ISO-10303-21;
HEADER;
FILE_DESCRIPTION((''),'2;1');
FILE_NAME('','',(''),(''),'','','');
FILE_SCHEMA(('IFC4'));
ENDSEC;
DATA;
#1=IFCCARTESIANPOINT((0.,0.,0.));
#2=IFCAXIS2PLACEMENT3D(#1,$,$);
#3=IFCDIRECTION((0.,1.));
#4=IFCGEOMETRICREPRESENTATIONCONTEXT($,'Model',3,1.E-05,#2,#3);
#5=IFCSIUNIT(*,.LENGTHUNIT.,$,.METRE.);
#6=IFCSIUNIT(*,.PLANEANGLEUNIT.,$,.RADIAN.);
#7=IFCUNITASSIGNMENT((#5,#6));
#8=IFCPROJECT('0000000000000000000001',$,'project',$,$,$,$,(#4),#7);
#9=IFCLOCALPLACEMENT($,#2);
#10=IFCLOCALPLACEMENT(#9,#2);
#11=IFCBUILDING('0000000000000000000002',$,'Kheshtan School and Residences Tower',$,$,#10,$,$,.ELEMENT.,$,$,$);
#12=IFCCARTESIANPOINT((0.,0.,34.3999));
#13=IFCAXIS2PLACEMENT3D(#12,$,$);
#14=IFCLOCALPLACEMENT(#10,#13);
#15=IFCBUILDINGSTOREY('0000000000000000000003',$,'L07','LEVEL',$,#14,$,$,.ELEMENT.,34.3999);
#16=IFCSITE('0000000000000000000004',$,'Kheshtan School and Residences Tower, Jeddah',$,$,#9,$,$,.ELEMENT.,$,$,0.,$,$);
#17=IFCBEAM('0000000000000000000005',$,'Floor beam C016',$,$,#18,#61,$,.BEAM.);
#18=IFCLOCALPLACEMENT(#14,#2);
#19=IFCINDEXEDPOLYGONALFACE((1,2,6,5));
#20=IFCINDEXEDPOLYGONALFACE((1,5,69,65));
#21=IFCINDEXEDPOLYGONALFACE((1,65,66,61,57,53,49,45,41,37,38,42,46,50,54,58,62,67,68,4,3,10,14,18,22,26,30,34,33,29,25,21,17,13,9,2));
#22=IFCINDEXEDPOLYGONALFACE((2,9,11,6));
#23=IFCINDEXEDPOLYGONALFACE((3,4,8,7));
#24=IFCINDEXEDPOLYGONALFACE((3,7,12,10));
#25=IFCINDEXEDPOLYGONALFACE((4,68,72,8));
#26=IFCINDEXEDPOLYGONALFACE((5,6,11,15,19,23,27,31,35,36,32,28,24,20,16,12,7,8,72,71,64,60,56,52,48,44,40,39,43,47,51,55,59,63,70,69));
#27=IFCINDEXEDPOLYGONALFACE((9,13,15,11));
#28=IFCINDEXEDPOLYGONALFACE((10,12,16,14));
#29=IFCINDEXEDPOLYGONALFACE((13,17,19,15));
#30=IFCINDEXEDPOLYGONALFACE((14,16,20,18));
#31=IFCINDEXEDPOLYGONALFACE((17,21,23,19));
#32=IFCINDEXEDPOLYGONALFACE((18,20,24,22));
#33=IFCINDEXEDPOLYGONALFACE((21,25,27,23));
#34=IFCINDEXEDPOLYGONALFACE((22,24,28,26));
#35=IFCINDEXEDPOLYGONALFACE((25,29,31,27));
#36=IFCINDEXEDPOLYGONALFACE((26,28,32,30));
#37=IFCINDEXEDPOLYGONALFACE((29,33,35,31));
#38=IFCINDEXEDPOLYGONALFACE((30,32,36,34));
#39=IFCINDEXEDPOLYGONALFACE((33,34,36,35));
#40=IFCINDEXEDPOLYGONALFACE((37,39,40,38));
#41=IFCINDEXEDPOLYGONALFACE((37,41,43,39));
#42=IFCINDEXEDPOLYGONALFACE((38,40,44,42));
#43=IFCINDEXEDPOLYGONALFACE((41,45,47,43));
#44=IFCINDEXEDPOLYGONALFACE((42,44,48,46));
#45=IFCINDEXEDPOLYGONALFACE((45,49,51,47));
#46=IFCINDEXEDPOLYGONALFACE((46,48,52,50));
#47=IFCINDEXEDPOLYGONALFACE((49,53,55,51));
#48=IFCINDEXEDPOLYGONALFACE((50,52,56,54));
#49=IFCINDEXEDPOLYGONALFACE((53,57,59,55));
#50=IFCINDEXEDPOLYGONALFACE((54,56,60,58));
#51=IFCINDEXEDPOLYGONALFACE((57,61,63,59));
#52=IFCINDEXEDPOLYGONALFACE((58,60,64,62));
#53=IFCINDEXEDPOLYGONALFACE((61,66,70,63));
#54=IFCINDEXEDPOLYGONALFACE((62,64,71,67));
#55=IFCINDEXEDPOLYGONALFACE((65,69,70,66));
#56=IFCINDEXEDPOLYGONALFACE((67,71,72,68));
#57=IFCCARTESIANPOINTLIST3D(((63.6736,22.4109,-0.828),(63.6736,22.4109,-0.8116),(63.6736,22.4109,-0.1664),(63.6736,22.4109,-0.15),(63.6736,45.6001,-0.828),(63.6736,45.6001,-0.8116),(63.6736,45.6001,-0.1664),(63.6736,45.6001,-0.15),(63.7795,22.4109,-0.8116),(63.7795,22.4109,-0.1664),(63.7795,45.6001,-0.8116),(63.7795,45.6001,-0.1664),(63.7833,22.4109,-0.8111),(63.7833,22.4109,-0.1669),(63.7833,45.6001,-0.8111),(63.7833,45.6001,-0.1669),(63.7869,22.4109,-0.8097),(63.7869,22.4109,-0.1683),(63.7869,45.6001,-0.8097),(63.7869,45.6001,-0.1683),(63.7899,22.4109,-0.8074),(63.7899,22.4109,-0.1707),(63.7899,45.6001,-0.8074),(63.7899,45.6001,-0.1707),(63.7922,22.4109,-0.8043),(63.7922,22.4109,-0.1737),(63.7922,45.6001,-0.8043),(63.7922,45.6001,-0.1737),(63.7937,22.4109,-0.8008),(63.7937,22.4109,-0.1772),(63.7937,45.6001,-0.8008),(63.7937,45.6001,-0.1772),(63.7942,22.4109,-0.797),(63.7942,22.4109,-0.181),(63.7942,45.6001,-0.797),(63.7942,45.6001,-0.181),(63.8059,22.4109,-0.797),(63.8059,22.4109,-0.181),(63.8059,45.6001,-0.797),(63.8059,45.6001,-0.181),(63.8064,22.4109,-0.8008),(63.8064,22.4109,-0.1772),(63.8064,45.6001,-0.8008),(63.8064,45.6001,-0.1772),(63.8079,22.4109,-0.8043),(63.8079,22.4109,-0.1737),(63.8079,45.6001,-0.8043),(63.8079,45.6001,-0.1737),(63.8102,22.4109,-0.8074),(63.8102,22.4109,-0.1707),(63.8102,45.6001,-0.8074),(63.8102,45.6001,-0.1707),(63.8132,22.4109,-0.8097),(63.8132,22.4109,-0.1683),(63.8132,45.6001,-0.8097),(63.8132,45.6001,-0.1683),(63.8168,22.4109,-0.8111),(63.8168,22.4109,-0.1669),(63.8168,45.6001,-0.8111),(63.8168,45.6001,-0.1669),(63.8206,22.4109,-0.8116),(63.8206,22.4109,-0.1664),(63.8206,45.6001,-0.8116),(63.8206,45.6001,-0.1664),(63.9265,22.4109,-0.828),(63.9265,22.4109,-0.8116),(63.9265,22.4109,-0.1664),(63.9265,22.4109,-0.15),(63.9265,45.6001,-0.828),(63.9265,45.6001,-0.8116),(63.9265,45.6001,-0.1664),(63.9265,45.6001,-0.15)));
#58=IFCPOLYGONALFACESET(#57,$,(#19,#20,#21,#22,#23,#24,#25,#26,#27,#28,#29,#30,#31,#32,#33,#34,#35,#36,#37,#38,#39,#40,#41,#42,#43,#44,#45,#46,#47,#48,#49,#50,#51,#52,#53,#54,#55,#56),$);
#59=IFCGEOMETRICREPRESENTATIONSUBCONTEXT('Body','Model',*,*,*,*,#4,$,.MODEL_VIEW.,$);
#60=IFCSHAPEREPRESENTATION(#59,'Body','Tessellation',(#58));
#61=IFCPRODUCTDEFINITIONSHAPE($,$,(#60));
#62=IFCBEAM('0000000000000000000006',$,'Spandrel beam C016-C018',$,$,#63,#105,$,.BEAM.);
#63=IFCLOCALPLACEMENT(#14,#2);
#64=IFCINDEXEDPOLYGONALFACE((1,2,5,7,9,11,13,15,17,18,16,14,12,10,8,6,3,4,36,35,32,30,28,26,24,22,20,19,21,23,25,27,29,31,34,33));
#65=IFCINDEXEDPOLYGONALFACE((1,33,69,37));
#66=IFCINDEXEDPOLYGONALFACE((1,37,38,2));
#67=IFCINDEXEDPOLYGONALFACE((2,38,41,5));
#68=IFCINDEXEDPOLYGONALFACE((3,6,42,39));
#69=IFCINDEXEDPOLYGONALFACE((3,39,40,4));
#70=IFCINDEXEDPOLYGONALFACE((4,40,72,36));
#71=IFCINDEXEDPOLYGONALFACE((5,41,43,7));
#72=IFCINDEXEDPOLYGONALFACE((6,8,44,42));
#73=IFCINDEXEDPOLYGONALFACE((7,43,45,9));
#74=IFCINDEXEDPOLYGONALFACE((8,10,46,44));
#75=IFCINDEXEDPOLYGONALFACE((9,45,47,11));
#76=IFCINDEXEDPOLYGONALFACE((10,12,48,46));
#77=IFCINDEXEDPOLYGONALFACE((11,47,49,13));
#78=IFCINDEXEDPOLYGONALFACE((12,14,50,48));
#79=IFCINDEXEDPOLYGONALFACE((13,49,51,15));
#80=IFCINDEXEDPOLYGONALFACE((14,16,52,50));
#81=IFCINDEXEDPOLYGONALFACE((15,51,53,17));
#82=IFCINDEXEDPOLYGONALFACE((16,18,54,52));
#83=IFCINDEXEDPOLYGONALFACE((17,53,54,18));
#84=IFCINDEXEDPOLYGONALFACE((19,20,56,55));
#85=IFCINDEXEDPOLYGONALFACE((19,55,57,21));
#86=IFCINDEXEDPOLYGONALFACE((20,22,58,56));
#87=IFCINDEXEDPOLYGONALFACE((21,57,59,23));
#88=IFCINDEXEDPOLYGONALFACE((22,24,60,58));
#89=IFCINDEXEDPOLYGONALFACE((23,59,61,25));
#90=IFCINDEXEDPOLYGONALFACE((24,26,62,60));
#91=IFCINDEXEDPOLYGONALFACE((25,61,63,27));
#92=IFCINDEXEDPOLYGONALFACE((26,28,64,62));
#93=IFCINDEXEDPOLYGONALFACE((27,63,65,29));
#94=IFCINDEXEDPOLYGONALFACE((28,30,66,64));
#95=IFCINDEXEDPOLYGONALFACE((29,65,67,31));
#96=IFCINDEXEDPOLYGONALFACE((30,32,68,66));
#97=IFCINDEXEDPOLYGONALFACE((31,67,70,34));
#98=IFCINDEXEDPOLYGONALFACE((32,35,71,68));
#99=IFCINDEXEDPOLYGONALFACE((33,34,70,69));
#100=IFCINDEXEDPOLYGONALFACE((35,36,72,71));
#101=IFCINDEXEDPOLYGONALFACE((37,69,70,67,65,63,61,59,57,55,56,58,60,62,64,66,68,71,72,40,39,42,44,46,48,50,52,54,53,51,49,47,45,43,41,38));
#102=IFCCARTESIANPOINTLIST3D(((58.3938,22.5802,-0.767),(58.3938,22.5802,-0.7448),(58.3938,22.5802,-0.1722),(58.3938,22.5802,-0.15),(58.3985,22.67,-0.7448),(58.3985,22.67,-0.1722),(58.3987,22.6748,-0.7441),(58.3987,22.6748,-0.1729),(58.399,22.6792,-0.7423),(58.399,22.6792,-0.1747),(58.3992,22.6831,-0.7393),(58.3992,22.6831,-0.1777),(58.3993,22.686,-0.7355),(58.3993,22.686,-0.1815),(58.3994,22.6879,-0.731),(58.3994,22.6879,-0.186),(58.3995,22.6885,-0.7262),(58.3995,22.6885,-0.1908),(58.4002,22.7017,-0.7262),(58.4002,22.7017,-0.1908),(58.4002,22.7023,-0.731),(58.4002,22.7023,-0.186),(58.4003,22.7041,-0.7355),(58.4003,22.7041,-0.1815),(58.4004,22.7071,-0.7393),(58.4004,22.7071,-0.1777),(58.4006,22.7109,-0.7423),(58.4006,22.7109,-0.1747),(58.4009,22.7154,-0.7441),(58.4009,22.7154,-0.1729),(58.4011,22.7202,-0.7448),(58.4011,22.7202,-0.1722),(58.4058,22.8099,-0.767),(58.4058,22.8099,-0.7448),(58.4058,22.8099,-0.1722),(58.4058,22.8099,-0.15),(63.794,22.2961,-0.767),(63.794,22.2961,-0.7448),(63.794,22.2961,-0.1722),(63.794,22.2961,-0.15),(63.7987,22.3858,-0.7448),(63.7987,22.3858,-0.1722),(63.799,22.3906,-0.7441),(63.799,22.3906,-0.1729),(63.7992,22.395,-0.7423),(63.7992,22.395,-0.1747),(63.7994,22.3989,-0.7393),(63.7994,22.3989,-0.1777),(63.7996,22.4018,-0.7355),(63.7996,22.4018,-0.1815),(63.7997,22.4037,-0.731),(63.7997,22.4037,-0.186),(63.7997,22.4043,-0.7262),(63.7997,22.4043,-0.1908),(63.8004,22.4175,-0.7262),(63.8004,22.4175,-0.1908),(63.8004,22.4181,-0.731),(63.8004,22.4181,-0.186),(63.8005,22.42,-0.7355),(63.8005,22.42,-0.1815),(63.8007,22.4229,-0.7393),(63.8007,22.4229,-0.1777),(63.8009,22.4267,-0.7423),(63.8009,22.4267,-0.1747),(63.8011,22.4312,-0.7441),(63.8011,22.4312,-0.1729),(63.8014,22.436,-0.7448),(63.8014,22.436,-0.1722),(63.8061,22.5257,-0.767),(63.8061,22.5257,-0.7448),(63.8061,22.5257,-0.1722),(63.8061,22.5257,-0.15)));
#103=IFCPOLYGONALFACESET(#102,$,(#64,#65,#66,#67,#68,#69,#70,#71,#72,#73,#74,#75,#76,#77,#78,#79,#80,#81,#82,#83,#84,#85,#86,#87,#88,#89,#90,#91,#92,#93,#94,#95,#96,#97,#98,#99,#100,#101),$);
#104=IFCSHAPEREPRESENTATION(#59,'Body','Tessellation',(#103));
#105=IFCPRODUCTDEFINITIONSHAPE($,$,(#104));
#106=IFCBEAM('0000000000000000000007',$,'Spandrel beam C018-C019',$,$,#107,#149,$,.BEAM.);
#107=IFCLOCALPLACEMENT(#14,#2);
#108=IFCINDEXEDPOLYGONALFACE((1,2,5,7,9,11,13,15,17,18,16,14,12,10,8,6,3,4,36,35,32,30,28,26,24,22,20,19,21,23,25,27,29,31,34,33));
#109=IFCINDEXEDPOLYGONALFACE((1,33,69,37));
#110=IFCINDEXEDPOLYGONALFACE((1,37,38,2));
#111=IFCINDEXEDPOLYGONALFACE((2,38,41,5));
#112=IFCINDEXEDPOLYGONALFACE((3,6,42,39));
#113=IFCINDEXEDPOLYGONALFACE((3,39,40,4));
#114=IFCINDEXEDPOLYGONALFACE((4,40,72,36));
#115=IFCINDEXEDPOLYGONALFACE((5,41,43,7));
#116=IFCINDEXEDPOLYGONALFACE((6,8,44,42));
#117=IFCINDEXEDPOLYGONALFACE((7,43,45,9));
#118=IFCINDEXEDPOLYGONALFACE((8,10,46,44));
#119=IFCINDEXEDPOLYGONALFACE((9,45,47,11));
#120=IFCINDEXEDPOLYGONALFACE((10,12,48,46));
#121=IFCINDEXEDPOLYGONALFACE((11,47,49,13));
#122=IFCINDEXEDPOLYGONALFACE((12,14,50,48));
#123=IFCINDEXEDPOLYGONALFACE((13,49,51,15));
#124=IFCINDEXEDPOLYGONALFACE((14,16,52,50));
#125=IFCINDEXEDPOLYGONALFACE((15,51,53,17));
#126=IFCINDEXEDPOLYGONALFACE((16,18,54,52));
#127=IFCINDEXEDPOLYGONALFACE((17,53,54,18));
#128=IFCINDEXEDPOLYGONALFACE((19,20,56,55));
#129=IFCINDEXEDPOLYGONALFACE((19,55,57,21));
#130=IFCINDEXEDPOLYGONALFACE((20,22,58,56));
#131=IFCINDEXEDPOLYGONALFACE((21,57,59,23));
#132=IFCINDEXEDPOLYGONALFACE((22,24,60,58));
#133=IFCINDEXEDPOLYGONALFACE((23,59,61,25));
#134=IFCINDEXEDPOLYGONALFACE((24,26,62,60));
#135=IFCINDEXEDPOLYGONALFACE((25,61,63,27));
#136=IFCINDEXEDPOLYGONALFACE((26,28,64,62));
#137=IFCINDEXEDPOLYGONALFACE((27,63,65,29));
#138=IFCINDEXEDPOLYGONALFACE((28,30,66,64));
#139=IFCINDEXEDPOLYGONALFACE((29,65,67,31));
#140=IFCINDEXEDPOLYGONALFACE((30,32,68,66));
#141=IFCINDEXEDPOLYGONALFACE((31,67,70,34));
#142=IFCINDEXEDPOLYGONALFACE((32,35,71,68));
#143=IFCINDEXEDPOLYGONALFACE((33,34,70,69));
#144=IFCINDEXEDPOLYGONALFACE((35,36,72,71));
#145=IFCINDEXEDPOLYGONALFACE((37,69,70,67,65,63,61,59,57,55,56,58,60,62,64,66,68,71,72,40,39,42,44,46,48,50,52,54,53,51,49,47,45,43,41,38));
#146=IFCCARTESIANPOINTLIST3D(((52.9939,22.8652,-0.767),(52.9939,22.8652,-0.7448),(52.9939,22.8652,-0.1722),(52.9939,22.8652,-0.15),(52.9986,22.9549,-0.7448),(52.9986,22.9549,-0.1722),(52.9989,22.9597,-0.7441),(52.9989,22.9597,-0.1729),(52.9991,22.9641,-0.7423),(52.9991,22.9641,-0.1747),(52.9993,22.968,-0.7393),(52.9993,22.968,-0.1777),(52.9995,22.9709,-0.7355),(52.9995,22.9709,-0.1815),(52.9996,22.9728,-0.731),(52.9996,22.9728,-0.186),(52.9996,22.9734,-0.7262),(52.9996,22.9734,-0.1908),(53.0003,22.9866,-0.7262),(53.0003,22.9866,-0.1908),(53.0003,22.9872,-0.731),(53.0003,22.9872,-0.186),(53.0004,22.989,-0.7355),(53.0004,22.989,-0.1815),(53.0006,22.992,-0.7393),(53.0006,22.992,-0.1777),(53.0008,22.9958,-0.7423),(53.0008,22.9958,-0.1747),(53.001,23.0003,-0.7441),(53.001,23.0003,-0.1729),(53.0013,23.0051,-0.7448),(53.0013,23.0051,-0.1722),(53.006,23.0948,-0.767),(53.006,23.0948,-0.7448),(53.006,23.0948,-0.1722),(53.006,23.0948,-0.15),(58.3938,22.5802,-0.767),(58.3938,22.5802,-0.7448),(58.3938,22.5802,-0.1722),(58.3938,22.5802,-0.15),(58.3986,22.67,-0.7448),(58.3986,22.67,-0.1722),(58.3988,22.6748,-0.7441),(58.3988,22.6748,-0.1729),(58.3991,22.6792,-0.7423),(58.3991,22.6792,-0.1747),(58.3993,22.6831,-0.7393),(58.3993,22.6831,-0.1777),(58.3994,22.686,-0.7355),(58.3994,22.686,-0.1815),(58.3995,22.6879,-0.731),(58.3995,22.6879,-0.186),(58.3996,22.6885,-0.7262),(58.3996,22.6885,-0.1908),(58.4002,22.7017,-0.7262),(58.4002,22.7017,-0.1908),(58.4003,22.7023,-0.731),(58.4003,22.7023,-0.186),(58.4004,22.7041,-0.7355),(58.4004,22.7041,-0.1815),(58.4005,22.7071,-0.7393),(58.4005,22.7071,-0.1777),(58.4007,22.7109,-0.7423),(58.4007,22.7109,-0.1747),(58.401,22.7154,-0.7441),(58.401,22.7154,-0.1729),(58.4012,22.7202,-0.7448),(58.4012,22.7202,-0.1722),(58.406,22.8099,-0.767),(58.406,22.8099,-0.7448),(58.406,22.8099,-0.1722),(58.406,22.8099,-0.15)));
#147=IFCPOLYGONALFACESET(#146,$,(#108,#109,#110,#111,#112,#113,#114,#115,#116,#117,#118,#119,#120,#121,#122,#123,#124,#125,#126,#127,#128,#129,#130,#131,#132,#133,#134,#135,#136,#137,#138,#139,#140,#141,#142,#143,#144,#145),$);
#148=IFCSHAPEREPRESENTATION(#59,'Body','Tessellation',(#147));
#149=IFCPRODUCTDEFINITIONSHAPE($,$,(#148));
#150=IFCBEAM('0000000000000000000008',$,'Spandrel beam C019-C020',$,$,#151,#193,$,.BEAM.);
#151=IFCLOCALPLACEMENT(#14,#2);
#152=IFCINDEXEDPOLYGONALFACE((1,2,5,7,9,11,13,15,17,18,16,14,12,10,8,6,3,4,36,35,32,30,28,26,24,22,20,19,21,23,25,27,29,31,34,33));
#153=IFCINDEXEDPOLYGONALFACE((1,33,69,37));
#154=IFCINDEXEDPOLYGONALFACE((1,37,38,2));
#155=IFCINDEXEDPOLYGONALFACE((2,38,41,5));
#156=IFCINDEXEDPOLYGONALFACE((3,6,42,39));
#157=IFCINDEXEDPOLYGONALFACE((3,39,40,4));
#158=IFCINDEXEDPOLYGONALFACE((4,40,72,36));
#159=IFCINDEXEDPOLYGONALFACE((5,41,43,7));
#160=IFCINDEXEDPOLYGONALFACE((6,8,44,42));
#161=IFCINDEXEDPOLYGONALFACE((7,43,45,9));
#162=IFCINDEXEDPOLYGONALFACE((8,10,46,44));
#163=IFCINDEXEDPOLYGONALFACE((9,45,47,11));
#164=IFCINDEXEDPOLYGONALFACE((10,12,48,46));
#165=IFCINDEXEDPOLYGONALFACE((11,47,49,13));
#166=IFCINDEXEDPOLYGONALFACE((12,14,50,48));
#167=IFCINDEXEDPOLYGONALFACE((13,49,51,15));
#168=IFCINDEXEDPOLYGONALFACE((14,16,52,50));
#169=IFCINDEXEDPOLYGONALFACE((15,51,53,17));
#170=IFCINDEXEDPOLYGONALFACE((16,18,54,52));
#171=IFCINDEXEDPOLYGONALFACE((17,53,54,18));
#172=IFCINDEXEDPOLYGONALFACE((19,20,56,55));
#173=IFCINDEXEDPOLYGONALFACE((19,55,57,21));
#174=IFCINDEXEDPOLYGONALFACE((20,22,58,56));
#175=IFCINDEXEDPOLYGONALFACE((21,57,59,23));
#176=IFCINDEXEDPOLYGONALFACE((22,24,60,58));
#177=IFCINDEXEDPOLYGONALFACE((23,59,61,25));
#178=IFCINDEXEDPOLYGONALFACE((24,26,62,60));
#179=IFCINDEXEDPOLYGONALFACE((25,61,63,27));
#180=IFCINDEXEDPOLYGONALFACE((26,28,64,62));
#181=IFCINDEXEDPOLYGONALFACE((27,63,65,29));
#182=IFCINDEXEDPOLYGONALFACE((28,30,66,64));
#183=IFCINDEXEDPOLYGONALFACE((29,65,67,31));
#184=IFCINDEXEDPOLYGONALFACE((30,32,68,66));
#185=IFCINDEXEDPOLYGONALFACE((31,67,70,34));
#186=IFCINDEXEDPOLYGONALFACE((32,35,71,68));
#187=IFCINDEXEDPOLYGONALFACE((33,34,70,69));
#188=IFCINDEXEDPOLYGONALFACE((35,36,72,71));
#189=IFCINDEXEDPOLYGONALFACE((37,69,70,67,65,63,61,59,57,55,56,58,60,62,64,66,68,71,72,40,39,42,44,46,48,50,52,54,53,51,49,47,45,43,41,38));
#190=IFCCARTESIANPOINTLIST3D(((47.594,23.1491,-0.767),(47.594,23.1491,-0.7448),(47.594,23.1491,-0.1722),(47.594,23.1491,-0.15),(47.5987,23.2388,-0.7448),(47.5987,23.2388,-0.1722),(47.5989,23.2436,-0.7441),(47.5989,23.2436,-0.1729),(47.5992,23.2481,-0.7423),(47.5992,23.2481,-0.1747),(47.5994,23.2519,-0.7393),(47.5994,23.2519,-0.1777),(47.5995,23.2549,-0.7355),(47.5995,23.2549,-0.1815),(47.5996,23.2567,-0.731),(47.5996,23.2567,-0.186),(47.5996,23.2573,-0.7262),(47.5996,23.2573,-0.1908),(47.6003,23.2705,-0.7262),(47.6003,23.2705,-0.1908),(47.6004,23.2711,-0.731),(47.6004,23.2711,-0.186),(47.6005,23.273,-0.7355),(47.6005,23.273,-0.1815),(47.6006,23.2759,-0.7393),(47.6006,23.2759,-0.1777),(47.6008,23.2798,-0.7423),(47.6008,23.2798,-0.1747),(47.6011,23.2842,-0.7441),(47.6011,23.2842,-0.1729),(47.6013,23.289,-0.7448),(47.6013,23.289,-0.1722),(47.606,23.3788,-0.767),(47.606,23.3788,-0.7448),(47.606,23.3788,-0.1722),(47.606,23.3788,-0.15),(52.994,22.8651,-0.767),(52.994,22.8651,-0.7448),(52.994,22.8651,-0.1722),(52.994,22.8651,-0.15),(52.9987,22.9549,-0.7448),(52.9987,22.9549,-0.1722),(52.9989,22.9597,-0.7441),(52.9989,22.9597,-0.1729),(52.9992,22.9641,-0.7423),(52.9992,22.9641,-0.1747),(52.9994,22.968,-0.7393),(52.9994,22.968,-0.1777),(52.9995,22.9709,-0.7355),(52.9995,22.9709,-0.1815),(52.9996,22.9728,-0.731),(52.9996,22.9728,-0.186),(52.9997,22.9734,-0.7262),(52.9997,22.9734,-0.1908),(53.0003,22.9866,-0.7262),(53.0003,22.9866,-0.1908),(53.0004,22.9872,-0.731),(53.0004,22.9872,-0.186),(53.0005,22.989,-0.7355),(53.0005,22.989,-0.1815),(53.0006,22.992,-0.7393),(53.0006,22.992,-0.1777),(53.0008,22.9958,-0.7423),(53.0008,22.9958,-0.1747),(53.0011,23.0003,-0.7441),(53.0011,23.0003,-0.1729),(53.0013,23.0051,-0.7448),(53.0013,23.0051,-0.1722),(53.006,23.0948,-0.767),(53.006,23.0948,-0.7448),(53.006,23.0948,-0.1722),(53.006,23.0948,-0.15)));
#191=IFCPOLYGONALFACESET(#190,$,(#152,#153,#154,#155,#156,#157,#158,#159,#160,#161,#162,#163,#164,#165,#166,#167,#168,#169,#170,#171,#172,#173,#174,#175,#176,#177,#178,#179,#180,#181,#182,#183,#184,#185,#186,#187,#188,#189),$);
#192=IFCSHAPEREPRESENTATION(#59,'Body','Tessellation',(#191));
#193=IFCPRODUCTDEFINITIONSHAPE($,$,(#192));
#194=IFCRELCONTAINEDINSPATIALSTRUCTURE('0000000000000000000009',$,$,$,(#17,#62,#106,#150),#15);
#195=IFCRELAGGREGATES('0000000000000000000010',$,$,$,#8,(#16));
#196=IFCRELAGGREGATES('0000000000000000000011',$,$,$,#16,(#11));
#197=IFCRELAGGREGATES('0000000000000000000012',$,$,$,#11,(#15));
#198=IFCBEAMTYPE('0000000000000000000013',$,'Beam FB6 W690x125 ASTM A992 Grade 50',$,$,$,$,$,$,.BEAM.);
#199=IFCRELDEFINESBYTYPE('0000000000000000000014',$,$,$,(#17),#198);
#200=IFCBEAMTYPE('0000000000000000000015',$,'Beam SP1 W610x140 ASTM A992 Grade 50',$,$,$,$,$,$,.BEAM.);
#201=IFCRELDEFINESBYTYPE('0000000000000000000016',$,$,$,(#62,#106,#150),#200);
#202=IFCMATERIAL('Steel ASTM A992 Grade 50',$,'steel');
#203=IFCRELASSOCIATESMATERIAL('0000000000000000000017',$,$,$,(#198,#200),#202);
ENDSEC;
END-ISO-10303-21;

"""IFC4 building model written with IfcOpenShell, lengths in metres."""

from ifc_helpers import new_model, si_unit, direction, frame, origin, origin_2d, place, context, subcontext, project, spatial, i_section, extrude, material, material_profile, profile_set, type_object, element, save


model = new_model("IFC4")

# Units and contexts
model_context = context("Model", 3, precision=1e-05, world=origin(), true_north=direction((0.0, 1.0)))
body_context = subcontext(model_context, "Body", "Model", "MODEL_VIEW")
ifc_project = project(units=[si_unit("LENGTHUNIT", "METRE"), si_unit("PLANEANGLEUNIT", "RADIAN")], contexts=[model_context])

# Site, building, storey
site_placement = place(None, origin())
site = spatial("IfcSite", under=ifc_project, at=site_placement, Name="Kheshtan School and Residences Tower, Jeddah", CompositionType="ELEMENT", RefElevation=0.0)
building_placement = place(site_placement, origin())
building = spatial("IfcBuilding", under=site, at=building_placement, Name="Kheshtan School and Residences Tower", CompositionType="ELEMENT")
storey_placement = place(building_placement, frame((0.0, 0.0, 34.3999)))
storey = spatial("IfcBuildingStorey", under=building, at=storey_placement, Name="L07", Description="LEVEL", CompositionType="ELEMENT", Elevation=34.3999)

# Shared definitions
ifc_material_1 = material(Name="Steel ASTM A992 Grade 50", Category="steel")

# Beams
ifc_material_profile_1 = material_profile(ifc_material_1, i_section(OverallWidth=0.2529, OverallDepth=0.678, WebThickness=0.0117, FlangeThickness=0.0164, FilletRadius=0.0146, at=origin_2d()), Name="W690x125")
ifc_profile_set_1 = profile_set([ifc_material_profile_1], Name="Steel ASTM A992 Grade 50")
beam_type_1 = type_object("IfcBeamType", Name="Beam FB6 W690x125 ASTM A992 Grade 50", PredefinedType="BEAM", material=ifc_profile_set_1)
beam_1_placement = place(storey_placement, frame((63.8, 22.4109, -0.489), z_axis=(0.0, 1.0, 0.0), x_axis=(-1.0, 0.0, 0.0)))
element("IfcBeam", 1, at=beam_1_placement, inside=storey, type_object=beam_type_1, Name="Floor beam C016", PredefinedType="BEAM", context=body_context, shape_type="SweptSolid", body=[
    extrude(i_section(OverallWidth=0.2529, OverallDepth=0.678, WebThickness=0.0117, FlangeThickness=0.0164, FilletRadius=0.0146, at=origin_2d()), origin(), (0.0, 0.0, 1.0), 23.1892),
])
ifc_material_profile_2 = material_profile(ifc_material_1, i_section(OverallWidth=0.23, OverallDepth=0.6169, WebThickness=0.0132, FlangeThickness=0.0222, FilletRadius=0.0186, at=origin_2d()), Name="W610x140")
ifc_profile_set_2 = profile_set([ifc_material_profile_2], Name="Steel ASTM A992 Grade 50")
beam_type_2 = type_object("IfcBeamType", Name="Beam SP1 W610x140 ASTM A992 Grade 50", PredefinedType="BEAM", material=ifc_profile_set_2)
beam_2_placement = place(storey_placement, frame((63.8, 22.4109, -0.4585), z_axis=(-0.998618, 0.052552, 0.0), x_axis=(-0.052552, -0.998618, 0.0)))
element("IfcBeam", 2, at=beam_2_placement, inside=storey, type_object=beam_type_2, Name="Spandrel beam C016-C018", PredefinedType="BEAM", context=body_context, shape_type="SweptSolid", body=[
    extrude(i_section(OverallWidth=0.23, OverallDepth=0.6169, WebThickness=0.0132, FlangeThickness=0.0222, FilletRadius=0.0186, at=origin_2d()), origin(), (0.0, 0.0, 1.0), 5.4077),
])
for number, where, z_axis, x_axis, name in (
    (3, (58.3999, 22.6951, -0.4585), (-0.998611, 0.052689, 0.0), (-0.052689, -0.998611, 0.0), "Spandrel beam C018-C019"),
    (4, (53.0, 22.98, -0.4585), (-0.99862, 0.052509, 0.0), (-0.052509, -0.99862, 0.0), "Spandrel beam C019-C020"),
):
    element("IfcBeam", number, at=place(storey_placement, frame(where, z_axis=z_axis, x_axis=x_axis)), inside=storey, type_object=beam_type_2, Name=name, PredefinedType="BEAM", context=body_context, shape_type="SweptSolid", body=[
        extrude(i_section(OverallWidth=0.23, OverallDepth=0.6169, WebThickness=0.0132, FlangeThickness=0.0222, FilletRadius=0.0186, at=origin_2d()), origin(), (0.0, 0.0, 1.0), 5.4075),
    ])

save(model, "model.ifc")
